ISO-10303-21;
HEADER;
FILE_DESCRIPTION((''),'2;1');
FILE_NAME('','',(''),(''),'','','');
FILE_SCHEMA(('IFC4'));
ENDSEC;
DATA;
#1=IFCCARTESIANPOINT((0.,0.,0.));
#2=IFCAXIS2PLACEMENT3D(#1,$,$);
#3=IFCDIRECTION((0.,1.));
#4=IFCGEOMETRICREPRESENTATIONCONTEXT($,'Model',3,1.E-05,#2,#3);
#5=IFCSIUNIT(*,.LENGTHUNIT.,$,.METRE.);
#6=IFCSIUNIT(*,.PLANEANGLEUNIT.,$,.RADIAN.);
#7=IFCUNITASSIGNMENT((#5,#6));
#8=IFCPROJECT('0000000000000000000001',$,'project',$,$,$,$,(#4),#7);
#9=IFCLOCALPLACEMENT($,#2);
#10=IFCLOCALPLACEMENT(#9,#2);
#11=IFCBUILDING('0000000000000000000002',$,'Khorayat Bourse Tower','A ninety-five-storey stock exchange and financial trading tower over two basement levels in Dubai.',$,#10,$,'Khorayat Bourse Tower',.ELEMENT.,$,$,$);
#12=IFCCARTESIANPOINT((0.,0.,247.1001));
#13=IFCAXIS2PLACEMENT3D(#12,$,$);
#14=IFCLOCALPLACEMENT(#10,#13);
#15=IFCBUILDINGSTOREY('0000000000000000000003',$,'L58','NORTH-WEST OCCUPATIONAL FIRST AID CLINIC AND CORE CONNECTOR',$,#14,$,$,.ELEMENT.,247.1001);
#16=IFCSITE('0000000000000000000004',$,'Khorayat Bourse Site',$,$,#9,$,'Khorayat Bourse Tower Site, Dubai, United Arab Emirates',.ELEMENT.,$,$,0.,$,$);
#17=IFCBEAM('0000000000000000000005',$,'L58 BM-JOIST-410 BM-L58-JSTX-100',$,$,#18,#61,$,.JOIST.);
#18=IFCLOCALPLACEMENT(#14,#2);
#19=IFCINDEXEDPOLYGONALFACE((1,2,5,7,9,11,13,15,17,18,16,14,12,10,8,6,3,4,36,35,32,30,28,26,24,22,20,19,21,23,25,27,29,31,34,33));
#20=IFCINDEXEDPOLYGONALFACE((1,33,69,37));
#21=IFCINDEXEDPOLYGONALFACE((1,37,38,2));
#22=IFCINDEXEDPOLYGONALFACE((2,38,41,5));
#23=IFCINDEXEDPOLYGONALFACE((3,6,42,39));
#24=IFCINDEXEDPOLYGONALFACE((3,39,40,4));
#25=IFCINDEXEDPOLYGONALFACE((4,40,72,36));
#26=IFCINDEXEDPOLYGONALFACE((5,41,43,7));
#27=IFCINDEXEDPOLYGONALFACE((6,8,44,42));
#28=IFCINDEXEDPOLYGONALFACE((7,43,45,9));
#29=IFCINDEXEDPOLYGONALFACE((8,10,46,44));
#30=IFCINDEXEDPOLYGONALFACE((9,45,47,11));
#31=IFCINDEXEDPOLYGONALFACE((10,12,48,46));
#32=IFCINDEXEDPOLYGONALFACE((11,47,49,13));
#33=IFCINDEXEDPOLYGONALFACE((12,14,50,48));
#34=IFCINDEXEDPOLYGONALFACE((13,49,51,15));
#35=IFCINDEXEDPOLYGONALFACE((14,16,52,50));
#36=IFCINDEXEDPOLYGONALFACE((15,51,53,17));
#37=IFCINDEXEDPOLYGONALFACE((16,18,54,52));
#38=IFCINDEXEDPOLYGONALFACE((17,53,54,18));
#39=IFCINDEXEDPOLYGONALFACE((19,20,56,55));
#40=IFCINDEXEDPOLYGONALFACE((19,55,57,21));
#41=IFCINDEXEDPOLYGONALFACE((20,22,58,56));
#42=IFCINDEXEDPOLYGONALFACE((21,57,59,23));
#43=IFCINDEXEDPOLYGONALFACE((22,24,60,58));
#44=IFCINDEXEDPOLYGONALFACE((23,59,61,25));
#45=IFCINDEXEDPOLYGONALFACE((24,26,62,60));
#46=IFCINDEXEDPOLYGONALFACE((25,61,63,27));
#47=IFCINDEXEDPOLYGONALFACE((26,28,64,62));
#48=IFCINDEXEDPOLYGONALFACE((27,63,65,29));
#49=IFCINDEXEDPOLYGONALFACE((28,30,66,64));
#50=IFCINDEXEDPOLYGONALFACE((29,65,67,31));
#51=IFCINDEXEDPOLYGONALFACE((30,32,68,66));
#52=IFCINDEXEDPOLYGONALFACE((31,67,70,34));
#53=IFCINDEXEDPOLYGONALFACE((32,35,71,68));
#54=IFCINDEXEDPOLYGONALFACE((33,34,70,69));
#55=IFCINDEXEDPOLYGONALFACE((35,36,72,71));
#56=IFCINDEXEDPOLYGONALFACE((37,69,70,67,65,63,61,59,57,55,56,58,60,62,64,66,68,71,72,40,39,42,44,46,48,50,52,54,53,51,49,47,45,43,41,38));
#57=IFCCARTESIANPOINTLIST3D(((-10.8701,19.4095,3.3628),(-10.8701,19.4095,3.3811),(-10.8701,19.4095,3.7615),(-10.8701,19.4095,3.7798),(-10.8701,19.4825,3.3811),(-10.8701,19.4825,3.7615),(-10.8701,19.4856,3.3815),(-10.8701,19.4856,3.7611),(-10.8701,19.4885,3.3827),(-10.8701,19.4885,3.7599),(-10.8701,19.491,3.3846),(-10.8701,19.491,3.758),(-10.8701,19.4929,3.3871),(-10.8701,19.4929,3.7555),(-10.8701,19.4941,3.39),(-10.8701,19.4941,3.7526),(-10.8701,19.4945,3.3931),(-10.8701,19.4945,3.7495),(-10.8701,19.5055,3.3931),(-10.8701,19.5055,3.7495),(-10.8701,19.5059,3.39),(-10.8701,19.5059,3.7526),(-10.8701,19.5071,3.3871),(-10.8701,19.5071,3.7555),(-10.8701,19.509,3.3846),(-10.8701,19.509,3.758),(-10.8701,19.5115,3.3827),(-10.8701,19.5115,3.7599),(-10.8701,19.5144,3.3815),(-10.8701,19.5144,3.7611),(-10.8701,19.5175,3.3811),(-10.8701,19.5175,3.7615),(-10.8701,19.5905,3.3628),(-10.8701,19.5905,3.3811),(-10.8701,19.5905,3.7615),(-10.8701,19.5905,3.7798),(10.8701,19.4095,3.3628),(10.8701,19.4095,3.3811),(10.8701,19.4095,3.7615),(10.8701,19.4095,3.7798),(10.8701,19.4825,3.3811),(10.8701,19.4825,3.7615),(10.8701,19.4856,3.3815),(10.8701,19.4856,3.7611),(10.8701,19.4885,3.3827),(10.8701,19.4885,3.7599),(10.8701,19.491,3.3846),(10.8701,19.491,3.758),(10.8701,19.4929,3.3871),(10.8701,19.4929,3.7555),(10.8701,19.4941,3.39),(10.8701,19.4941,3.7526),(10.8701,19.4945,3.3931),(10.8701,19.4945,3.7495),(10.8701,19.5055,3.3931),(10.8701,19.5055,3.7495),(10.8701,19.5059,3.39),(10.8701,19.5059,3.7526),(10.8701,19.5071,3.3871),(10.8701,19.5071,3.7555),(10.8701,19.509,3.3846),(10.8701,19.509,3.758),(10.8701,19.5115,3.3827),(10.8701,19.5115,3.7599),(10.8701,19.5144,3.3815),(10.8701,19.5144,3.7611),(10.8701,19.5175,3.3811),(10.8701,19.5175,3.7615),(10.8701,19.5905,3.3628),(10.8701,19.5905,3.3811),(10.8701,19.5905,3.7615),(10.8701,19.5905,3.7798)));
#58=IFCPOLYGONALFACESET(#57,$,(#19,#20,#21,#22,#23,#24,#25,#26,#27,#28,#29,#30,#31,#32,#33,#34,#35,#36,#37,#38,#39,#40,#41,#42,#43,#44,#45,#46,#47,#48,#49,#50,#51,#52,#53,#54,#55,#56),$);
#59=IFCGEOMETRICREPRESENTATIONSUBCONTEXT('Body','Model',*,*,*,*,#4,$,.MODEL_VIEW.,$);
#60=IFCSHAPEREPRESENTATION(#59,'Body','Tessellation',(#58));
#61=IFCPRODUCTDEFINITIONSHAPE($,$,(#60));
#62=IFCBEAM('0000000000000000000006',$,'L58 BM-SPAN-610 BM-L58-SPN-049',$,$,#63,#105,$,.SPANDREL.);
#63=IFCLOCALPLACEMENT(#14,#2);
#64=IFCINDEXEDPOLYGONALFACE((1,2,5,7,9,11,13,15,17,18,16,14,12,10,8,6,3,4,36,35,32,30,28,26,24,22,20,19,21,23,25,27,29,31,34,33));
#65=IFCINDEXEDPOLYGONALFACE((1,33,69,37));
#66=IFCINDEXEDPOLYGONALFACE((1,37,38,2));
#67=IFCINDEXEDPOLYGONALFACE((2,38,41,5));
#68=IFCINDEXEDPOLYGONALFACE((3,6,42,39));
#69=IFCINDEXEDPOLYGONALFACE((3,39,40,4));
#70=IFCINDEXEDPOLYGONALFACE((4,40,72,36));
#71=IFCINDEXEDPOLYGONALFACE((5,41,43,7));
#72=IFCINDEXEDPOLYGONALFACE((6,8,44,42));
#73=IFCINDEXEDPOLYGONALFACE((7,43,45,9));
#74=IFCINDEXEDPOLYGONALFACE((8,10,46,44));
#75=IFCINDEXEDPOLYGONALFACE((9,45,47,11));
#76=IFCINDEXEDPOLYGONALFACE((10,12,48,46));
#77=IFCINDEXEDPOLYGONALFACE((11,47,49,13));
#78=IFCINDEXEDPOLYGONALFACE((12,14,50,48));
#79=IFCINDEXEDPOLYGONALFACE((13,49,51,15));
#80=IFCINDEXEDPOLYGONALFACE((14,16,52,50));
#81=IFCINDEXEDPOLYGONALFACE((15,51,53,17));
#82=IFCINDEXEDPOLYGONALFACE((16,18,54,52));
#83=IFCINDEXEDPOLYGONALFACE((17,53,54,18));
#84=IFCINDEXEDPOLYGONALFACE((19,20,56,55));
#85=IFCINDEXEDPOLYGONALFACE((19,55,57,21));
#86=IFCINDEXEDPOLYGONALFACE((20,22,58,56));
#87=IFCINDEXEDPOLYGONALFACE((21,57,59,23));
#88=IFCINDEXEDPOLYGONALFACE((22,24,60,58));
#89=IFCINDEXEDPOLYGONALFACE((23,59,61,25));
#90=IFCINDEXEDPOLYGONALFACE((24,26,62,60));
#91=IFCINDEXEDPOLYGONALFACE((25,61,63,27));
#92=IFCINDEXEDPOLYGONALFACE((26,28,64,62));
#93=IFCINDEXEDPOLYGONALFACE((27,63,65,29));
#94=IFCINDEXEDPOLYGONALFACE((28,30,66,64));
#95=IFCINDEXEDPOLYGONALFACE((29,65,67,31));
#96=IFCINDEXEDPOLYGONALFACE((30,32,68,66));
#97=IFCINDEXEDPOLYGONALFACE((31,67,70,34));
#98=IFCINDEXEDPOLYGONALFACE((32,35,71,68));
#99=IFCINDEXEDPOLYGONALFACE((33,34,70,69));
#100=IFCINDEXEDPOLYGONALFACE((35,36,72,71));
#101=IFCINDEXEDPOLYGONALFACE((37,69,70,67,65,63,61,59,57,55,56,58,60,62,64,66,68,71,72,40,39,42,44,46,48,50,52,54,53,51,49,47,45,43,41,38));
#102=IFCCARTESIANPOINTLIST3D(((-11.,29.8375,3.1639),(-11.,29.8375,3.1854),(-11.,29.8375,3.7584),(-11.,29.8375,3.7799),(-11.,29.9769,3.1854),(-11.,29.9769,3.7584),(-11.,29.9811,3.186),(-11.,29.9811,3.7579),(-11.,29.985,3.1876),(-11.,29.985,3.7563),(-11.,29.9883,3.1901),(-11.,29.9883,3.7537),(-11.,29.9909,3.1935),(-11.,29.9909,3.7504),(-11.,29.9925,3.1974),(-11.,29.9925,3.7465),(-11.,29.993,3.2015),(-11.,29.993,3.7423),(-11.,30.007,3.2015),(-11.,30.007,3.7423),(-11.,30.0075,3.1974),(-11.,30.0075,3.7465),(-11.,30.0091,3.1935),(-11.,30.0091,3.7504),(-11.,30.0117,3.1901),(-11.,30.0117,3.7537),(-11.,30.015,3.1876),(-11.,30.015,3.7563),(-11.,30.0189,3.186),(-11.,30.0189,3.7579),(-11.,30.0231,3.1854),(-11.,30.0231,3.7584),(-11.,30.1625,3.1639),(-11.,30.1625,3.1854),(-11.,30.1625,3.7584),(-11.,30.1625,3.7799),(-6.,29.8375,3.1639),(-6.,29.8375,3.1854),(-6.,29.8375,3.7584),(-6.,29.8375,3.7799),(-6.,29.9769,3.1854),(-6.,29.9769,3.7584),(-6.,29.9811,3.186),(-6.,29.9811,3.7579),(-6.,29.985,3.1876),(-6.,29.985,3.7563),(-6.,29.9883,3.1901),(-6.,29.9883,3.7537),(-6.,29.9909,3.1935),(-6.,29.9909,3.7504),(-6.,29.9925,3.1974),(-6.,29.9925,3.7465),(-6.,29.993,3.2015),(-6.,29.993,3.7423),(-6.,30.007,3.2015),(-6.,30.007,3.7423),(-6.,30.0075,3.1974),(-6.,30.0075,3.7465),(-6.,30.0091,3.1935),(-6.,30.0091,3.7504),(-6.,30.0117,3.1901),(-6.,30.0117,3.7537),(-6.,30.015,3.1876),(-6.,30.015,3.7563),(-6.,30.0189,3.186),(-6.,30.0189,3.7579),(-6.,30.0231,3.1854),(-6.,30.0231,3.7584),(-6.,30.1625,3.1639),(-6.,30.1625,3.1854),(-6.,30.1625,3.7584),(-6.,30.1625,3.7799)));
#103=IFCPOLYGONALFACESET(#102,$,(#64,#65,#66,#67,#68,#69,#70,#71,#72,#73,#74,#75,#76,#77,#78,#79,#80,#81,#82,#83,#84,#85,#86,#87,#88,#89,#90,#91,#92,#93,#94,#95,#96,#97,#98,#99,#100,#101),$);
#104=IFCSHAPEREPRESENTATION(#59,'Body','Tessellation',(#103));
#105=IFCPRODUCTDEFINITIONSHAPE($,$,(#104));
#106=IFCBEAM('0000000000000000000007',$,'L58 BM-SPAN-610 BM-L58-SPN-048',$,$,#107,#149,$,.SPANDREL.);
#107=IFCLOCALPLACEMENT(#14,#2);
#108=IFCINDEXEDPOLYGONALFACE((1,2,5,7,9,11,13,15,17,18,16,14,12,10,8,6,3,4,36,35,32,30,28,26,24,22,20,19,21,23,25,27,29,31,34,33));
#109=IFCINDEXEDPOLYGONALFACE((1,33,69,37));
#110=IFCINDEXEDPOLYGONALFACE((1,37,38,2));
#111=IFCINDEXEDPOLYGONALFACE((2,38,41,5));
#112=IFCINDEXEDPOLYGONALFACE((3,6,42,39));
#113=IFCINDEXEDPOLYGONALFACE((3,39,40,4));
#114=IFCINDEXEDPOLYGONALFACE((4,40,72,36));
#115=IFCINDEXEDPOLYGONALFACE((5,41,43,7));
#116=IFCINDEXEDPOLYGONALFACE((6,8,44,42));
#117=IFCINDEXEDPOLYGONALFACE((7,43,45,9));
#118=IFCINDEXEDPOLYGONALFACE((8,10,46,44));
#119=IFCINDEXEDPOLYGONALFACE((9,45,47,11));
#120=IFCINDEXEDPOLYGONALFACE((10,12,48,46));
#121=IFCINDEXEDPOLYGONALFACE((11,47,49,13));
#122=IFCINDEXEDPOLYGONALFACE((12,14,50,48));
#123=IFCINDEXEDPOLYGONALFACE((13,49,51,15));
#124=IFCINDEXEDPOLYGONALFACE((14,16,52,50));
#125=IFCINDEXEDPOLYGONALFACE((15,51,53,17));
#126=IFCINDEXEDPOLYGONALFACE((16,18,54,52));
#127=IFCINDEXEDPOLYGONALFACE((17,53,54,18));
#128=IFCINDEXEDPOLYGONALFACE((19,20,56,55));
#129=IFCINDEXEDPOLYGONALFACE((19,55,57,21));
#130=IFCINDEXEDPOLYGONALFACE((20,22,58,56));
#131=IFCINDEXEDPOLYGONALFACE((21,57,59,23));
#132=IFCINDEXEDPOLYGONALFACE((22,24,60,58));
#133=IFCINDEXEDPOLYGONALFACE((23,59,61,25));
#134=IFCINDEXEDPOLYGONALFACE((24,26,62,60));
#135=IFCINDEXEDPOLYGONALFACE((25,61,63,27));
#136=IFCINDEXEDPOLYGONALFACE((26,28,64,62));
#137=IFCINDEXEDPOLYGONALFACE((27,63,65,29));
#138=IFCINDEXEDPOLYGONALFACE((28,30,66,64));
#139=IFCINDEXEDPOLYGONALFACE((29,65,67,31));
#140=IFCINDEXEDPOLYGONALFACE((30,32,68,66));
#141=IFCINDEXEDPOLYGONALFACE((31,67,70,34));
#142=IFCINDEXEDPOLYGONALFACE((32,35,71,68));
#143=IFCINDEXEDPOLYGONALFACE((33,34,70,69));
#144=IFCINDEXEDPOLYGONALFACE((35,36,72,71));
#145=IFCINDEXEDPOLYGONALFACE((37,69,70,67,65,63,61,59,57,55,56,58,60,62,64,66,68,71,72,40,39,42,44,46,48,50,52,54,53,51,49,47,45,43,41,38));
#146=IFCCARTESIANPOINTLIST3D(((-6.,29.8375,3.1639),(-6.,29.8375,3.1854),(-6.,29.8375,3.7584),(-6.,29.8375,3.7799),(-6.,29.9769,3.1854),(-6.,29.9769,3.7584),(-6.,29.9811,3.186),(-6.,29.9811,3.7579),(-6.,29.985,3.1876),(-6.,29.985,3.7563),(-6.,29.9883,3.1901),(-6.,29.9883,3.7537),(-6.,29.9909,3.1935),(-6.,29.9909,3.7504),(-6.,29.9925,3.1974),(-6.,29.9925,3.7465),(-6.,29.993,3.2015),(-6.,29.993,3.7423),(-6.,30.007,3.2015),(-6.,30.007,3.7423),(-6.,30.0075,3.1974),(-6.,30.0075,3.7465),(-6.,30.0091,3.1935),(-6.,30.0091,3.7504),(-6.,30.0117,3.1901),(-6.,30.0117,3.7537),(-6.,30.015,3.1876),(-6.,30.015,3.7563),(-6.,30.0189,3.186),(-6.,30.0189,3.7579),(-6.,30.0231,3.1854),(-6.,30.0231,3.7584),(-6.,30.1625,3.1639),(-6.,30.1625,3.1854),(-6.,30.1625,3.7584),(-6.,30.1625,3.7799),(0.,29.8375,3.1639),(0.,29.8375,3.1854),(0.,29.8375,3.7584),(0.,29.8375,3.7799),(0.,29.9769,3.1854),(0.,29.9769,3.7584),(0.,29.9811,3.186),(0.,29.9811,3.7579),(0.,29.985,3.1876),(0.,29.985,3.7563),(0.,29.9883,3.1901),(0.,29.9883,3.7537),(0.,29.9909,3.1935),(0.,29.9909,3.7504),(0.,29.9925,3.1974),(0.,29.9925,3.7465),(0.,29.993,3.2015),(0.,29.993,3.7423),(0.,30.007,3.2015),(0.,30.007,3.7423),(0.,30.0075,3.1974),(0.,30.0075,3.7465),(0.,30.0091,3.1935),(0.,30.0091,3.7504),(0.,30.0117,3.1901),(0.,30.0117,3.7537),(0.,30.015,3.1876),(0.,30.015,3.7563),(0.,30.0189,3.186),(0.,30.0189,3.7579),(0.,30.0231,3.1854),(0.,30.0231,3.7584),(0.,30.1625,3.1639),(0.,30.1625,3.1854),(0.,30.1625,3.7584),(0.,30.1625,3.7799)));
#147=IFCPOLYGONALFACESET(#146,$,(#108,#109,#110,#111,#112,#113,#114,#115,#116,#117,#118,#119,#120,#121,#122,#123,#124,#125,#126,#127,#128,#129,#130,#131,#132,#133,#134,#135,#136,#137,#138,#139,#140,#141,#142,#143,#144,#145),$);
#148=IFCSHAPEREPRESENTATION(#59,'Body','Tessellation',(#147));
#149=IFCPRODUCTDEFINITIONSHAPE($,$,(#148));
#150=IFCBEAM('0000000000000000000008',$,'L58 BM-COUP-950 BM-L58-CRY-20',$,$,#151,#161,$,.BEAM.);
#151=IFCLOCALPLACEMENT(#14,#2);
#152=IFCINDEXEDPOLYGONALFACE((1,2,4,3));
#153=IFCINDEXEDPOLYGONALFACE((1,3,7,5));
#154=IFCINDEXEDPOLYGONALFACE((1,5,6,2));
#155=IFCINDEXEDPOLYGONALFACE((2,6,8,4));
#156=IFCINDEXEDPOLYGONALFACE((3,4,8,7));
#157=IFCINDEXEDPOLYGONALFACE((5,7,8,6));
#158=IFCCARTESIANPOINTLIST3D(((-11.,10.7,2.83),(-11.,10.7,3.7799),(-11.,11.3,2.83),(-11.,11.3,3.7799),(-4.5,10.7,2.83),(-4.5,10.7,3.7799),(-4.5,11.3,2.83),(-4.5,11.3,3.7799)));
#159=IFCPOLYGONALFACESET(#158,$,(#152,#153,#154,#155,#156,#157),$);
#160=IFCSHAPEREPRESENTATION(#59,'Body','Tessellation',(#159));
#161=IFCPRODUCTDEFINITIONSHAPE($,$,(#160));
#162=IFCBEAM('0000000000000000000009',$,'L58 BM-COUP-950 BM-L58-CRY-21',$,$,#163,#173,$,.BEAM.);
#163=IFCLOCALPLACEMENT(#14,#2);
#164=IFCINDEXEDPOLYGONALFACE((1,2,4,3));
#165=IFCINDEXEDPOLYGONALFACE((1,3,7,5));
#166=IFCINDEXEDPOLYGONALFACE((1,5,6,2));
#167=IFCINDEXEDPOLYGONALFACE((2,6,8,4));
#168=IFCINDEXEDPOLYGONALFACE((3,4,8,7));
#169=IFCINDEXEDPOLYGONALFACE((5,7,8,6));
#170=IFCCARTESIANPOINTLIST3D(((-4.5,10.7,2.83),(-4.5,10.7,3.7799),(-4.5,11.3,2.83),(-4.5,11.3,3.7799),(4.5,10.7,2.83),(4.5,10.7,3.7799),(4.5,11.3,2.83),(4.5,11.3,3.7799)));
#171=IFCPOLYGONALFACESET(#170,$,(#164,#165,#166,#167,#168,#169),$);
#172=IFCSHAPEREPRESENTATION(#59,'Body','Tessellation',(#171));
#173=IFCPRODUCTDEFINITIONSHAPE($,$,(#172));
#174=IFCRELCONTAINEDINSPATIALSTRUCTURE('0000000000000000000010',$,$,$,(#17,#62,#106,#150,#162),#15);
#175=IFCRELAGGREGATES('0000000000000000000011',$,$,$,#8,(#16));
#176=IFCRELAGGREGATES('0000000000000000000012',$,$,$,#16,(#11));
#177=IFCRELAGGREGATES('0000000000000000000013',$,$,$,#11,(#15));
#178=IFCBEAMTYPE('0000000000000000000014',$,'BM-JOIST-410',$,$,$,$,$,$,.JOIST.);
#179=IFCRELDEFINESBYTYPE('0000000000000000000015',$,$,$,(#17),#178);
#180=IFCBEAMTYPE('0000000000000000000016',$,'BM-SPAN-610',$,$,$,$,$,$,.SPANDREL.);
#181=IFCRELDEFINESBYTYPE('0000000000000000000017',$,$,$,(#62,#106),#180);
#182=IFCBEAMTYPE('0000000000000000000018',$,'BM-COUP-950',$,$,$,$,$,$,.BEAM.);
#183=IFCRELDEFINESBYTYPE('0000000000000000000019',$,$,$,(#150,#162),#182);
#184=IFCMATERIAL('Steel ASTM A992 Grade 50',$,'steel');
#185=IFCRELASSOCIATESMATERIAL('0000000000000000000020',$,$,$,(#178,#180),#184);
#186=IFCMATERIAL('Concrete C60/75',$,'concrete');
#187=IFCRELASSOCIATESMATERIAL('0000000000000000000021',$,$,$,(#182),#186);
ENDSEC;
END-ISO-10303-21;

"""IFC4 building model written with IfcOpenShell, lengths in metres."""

from ifc_helpers import new_model, si_unit, direction, frame, origin, origin_2d, place, context, subcontext, project, spatial, rectangle, i_section, extrude, source, transform, mapped, material, material_profile, profile_set, type_object, element, save


model = new_model("IFC4")

# Units and contexts
model_context = context("Model", 3, precision=1e-05, world=origin(), true_north=direction((0.0, 1.0)))
body_context = subcontext(model_context, "Body", "Model", "MODEL_VIEW")
ifc_project = project(units=[si_unit("LENGTHUNIT", "METRE"), si_unit("PLANEANGLEUNIT", "RADIAN")], contexts=[model_context])

# Site, building, storey
site_placement = place(None, origin())
site = spatial("IfcSite", under=ifc_project, at=site_placement, Name="Khorayat Bourse Site", LongName="Khorayat Bourse Tower Site, Dubai, United Arab Emirates", CompositionType="ELEMENT", RefElevation=0.0)
building_placement = place(site_placement, origin())
building = spatial("IfcBuilding", under=site, at=building_placement, Name="Khorayat Bourse Tower", Description="A ninety-five-storey stock exchange and financial trading tower over two basement levels in Dubai.", LongName="Khorayat Bourse Tower", CompositionType="ELEMENT")
storey_placement = place(building_placement, frame((0.0, 0.0, 247.1001)))
storey = spatial("IfcBuildingStorey", under=building, at=storey_placement, Name="L58", Description="NORTH-WEST OCCUPATIONAL FIRST AID CLINIC AND CORE CONNECTOR", CompositionType="ELEMENT", Elevation=247.1001)

# Shared definitions
ifc_material_1 = material(Name="Concrete C60/75", Category="concrete")

# Beams
ifc_material_2 = material(Name="Steel ASTM A992 Grade 50", Category="steel")
ifc_material_profile_1 = material_profile(ifc_material_2, i_section(OverallWidth=0.1809, OverallDepth=0.417, WebThickness=0.011, FlangeThickness=0.0183, FilletRadius=0.012, at=origin_2d()), Name="W410X85")
ifc_profile_set_1 = profile_set([ifc_material_profile_1], Name="Steel ASTM A992 Grade 50")
beam_type_1 = type_object("IfcBeamType", Name="BM-JOIST-410", PredefinedType="JOIST", material=ifc_profile_set_1)
shared_shape_1 = source(origin(), body_context, "Body", "SweptSolid", [
    extrude(i_section(OverallWidth=0.1809, OverallDepth=0.417, WebThickness=0.011, FlangeThickness=0.0183, FilletRadius=0.012, at=origin_2d()), origin(), (0.0, 0.0, 1.0), 21.7402),
])
beam_1_placement = place(storey_placement, frame((-10.8701, 19.5, 3.5713), z_axis=(1.0, 0.0, 0.0), x_axis=(0.0, 1.0, 0.0)))
element("IfcBeam", 1, at=beam_1_placement, inside=storey, type_object=beam_type_1, Name="L58 BM-JOIST-410 BM-L58-JSTX-100", PredefinedType="JOIST", context=body_context, shape_type="MappedRepresentation", body=[
    mapped(shared_shape_1, transform((0.0, 0.0, 0.0), scale=1.0)),
])
ifc_material_profile_2 = material_profile(ifc_material_2, i_section(OverallWidth=0.325, OverallDepth=0.616, WebThickness=0.0139, FlangeThickness=0.0215, FilletRadius=0.0161, at=origin_2d()), Name="W610X174")
ifc_profile_set_2 = profile_set([ifc_material_profile_2], Name="Steel ASTM A992 Grade 50")
beam_type_2 = type_object("IfcBeamType", Name="BM-SPAN-610", PredefinedType="SPANDREL", material=ifc_profile_set_2)
shared_shape_2 = source(origin(), body_context, "Body", "SweptSolid", [
    extrude(i_section(OverallWidth=0.325, OverallDepth=0.616, WebThickness=0.0139, FlangeThickness=0.0215, FilletRadius=0.0161, at=origin_2d()), origin(), (0.0, 0.0, 1.0), 5.0),
])
beam_2_placement = place(storey_placement, frame((-11.0, 30.0, 3.4719), z_axis=(1.0, 0.0, 0.0), x_axis=(0.0, 1.0, 0.0)))
element("IfcBeam", 2, at=beam_2_placement, inside=storey, type_object=beam_type_2, Name="L58 BM-SPAN-610 BM-L58-SPN-049", PredefinedType="SPANDREL", context=body_context, shape_type="MappedRepresentation", body=[
    mapped(shared_shape_2, transform((0.0, 0.0, 0.0), scale=1.0)),
])
shared_shape_3 = source(origin(), body_context, "Body", "SweptSolid", [
    extrude(i_section(OverallWidth=0.325, OverallDepth=0.616, WebThickness=0.0139, FlangeThickness=0.0215, FilletRadius=0.0161, at=origin_2d()), origin(), (0.0, 0.0, 1.0), 6.0),
])
beam_3_placement = place(storey_placement, frame((-6.0, 30.0, 3.4719), z_axis=(1.0, 0.0, 0.0), x_axis=(0.0, 1.0, 0.0)))
element("IfcBeam", 3, at=beam_3_placement, inside=storey, type_object=beam_type_2, Name="L58 BM-SPAN-610 BM-L58-SPN-048", PredefinedType="SPANDREL", context=body_context, shape_type="MappedRepresentation", body=[
    mapped(shared_shape_3, transform((0.0, 0.0, 0.0), scale=1.0)),
])
ifc_material_profile_3 = material_profile(ifc_material_1, rectangle(XDim=0.6001, YDim=0.95, at=origin_2d()), Name="RC 600x950")
ifc_profile_set_3 = profile_set([ifc_material_profile_3], Name="Concrete C60/75")
beam_type_3 = type_object("IfcBeamType", Name="BM-COUP-950", PredefinedType="BEAM", material=ifc_profile_set_3)
shared_shape_4 = source(origin(), body_context, "Body", "SweptSolid", [
    extrude(rectangle(XDim=0.6001, YDim=0.95, at=origin_2d()), origin(), (0.0, 0.0, 1.0), 6.5),
])
beam_4_placement = place(storey_placement, frame((-11.0, 11.0, 3.3049), z_axis=(1.0, 0.0, 0.0), x_axis=(0.0, 1.0, 0.0)))
element("IfcBeam", 4, at=beam_4_placement, inside=storey, type_object=beam_type_3, Name="L58 BM-COUP-950 BM-L58-CRY-20", PredefinedType="BEAM", context=body_context, shape_type="MappedRepresentation", body=[
    mapped(shared_shape_4, transform((0.0, 0.0, 0.0), scale=1.0)),
])
shared_shape_5 = source(origin(), body_context, "Body", "SweptSolid", [
    extrude(rectangle(XDim=0.6001, YDim=0.95, at=origin_2d()), origin(), (0.0, 0.0, 1.0), 9.0),
])
beam_5_placement = place(storey_placement, frame((-4.5, 11.0, 3.3049), z_axis=(1.0, 0.0, 0.0), x_axis=(0.0, 1.0, 0.0)))
element("IfcBeam", 5, at=beam_5_placement, inside=storey, type_object=beam_type_3, Name="L58 BM-COUP-950 BM-L58-CRY-21", PredefinedType="BEAM", context=body_context, shape_type="MappedRepresentation", body=[
    mapped(shared_shape_5, transform((0.0, 0.0, 0.0), scale=1.0)),
])

save(model, "model.ifc")
